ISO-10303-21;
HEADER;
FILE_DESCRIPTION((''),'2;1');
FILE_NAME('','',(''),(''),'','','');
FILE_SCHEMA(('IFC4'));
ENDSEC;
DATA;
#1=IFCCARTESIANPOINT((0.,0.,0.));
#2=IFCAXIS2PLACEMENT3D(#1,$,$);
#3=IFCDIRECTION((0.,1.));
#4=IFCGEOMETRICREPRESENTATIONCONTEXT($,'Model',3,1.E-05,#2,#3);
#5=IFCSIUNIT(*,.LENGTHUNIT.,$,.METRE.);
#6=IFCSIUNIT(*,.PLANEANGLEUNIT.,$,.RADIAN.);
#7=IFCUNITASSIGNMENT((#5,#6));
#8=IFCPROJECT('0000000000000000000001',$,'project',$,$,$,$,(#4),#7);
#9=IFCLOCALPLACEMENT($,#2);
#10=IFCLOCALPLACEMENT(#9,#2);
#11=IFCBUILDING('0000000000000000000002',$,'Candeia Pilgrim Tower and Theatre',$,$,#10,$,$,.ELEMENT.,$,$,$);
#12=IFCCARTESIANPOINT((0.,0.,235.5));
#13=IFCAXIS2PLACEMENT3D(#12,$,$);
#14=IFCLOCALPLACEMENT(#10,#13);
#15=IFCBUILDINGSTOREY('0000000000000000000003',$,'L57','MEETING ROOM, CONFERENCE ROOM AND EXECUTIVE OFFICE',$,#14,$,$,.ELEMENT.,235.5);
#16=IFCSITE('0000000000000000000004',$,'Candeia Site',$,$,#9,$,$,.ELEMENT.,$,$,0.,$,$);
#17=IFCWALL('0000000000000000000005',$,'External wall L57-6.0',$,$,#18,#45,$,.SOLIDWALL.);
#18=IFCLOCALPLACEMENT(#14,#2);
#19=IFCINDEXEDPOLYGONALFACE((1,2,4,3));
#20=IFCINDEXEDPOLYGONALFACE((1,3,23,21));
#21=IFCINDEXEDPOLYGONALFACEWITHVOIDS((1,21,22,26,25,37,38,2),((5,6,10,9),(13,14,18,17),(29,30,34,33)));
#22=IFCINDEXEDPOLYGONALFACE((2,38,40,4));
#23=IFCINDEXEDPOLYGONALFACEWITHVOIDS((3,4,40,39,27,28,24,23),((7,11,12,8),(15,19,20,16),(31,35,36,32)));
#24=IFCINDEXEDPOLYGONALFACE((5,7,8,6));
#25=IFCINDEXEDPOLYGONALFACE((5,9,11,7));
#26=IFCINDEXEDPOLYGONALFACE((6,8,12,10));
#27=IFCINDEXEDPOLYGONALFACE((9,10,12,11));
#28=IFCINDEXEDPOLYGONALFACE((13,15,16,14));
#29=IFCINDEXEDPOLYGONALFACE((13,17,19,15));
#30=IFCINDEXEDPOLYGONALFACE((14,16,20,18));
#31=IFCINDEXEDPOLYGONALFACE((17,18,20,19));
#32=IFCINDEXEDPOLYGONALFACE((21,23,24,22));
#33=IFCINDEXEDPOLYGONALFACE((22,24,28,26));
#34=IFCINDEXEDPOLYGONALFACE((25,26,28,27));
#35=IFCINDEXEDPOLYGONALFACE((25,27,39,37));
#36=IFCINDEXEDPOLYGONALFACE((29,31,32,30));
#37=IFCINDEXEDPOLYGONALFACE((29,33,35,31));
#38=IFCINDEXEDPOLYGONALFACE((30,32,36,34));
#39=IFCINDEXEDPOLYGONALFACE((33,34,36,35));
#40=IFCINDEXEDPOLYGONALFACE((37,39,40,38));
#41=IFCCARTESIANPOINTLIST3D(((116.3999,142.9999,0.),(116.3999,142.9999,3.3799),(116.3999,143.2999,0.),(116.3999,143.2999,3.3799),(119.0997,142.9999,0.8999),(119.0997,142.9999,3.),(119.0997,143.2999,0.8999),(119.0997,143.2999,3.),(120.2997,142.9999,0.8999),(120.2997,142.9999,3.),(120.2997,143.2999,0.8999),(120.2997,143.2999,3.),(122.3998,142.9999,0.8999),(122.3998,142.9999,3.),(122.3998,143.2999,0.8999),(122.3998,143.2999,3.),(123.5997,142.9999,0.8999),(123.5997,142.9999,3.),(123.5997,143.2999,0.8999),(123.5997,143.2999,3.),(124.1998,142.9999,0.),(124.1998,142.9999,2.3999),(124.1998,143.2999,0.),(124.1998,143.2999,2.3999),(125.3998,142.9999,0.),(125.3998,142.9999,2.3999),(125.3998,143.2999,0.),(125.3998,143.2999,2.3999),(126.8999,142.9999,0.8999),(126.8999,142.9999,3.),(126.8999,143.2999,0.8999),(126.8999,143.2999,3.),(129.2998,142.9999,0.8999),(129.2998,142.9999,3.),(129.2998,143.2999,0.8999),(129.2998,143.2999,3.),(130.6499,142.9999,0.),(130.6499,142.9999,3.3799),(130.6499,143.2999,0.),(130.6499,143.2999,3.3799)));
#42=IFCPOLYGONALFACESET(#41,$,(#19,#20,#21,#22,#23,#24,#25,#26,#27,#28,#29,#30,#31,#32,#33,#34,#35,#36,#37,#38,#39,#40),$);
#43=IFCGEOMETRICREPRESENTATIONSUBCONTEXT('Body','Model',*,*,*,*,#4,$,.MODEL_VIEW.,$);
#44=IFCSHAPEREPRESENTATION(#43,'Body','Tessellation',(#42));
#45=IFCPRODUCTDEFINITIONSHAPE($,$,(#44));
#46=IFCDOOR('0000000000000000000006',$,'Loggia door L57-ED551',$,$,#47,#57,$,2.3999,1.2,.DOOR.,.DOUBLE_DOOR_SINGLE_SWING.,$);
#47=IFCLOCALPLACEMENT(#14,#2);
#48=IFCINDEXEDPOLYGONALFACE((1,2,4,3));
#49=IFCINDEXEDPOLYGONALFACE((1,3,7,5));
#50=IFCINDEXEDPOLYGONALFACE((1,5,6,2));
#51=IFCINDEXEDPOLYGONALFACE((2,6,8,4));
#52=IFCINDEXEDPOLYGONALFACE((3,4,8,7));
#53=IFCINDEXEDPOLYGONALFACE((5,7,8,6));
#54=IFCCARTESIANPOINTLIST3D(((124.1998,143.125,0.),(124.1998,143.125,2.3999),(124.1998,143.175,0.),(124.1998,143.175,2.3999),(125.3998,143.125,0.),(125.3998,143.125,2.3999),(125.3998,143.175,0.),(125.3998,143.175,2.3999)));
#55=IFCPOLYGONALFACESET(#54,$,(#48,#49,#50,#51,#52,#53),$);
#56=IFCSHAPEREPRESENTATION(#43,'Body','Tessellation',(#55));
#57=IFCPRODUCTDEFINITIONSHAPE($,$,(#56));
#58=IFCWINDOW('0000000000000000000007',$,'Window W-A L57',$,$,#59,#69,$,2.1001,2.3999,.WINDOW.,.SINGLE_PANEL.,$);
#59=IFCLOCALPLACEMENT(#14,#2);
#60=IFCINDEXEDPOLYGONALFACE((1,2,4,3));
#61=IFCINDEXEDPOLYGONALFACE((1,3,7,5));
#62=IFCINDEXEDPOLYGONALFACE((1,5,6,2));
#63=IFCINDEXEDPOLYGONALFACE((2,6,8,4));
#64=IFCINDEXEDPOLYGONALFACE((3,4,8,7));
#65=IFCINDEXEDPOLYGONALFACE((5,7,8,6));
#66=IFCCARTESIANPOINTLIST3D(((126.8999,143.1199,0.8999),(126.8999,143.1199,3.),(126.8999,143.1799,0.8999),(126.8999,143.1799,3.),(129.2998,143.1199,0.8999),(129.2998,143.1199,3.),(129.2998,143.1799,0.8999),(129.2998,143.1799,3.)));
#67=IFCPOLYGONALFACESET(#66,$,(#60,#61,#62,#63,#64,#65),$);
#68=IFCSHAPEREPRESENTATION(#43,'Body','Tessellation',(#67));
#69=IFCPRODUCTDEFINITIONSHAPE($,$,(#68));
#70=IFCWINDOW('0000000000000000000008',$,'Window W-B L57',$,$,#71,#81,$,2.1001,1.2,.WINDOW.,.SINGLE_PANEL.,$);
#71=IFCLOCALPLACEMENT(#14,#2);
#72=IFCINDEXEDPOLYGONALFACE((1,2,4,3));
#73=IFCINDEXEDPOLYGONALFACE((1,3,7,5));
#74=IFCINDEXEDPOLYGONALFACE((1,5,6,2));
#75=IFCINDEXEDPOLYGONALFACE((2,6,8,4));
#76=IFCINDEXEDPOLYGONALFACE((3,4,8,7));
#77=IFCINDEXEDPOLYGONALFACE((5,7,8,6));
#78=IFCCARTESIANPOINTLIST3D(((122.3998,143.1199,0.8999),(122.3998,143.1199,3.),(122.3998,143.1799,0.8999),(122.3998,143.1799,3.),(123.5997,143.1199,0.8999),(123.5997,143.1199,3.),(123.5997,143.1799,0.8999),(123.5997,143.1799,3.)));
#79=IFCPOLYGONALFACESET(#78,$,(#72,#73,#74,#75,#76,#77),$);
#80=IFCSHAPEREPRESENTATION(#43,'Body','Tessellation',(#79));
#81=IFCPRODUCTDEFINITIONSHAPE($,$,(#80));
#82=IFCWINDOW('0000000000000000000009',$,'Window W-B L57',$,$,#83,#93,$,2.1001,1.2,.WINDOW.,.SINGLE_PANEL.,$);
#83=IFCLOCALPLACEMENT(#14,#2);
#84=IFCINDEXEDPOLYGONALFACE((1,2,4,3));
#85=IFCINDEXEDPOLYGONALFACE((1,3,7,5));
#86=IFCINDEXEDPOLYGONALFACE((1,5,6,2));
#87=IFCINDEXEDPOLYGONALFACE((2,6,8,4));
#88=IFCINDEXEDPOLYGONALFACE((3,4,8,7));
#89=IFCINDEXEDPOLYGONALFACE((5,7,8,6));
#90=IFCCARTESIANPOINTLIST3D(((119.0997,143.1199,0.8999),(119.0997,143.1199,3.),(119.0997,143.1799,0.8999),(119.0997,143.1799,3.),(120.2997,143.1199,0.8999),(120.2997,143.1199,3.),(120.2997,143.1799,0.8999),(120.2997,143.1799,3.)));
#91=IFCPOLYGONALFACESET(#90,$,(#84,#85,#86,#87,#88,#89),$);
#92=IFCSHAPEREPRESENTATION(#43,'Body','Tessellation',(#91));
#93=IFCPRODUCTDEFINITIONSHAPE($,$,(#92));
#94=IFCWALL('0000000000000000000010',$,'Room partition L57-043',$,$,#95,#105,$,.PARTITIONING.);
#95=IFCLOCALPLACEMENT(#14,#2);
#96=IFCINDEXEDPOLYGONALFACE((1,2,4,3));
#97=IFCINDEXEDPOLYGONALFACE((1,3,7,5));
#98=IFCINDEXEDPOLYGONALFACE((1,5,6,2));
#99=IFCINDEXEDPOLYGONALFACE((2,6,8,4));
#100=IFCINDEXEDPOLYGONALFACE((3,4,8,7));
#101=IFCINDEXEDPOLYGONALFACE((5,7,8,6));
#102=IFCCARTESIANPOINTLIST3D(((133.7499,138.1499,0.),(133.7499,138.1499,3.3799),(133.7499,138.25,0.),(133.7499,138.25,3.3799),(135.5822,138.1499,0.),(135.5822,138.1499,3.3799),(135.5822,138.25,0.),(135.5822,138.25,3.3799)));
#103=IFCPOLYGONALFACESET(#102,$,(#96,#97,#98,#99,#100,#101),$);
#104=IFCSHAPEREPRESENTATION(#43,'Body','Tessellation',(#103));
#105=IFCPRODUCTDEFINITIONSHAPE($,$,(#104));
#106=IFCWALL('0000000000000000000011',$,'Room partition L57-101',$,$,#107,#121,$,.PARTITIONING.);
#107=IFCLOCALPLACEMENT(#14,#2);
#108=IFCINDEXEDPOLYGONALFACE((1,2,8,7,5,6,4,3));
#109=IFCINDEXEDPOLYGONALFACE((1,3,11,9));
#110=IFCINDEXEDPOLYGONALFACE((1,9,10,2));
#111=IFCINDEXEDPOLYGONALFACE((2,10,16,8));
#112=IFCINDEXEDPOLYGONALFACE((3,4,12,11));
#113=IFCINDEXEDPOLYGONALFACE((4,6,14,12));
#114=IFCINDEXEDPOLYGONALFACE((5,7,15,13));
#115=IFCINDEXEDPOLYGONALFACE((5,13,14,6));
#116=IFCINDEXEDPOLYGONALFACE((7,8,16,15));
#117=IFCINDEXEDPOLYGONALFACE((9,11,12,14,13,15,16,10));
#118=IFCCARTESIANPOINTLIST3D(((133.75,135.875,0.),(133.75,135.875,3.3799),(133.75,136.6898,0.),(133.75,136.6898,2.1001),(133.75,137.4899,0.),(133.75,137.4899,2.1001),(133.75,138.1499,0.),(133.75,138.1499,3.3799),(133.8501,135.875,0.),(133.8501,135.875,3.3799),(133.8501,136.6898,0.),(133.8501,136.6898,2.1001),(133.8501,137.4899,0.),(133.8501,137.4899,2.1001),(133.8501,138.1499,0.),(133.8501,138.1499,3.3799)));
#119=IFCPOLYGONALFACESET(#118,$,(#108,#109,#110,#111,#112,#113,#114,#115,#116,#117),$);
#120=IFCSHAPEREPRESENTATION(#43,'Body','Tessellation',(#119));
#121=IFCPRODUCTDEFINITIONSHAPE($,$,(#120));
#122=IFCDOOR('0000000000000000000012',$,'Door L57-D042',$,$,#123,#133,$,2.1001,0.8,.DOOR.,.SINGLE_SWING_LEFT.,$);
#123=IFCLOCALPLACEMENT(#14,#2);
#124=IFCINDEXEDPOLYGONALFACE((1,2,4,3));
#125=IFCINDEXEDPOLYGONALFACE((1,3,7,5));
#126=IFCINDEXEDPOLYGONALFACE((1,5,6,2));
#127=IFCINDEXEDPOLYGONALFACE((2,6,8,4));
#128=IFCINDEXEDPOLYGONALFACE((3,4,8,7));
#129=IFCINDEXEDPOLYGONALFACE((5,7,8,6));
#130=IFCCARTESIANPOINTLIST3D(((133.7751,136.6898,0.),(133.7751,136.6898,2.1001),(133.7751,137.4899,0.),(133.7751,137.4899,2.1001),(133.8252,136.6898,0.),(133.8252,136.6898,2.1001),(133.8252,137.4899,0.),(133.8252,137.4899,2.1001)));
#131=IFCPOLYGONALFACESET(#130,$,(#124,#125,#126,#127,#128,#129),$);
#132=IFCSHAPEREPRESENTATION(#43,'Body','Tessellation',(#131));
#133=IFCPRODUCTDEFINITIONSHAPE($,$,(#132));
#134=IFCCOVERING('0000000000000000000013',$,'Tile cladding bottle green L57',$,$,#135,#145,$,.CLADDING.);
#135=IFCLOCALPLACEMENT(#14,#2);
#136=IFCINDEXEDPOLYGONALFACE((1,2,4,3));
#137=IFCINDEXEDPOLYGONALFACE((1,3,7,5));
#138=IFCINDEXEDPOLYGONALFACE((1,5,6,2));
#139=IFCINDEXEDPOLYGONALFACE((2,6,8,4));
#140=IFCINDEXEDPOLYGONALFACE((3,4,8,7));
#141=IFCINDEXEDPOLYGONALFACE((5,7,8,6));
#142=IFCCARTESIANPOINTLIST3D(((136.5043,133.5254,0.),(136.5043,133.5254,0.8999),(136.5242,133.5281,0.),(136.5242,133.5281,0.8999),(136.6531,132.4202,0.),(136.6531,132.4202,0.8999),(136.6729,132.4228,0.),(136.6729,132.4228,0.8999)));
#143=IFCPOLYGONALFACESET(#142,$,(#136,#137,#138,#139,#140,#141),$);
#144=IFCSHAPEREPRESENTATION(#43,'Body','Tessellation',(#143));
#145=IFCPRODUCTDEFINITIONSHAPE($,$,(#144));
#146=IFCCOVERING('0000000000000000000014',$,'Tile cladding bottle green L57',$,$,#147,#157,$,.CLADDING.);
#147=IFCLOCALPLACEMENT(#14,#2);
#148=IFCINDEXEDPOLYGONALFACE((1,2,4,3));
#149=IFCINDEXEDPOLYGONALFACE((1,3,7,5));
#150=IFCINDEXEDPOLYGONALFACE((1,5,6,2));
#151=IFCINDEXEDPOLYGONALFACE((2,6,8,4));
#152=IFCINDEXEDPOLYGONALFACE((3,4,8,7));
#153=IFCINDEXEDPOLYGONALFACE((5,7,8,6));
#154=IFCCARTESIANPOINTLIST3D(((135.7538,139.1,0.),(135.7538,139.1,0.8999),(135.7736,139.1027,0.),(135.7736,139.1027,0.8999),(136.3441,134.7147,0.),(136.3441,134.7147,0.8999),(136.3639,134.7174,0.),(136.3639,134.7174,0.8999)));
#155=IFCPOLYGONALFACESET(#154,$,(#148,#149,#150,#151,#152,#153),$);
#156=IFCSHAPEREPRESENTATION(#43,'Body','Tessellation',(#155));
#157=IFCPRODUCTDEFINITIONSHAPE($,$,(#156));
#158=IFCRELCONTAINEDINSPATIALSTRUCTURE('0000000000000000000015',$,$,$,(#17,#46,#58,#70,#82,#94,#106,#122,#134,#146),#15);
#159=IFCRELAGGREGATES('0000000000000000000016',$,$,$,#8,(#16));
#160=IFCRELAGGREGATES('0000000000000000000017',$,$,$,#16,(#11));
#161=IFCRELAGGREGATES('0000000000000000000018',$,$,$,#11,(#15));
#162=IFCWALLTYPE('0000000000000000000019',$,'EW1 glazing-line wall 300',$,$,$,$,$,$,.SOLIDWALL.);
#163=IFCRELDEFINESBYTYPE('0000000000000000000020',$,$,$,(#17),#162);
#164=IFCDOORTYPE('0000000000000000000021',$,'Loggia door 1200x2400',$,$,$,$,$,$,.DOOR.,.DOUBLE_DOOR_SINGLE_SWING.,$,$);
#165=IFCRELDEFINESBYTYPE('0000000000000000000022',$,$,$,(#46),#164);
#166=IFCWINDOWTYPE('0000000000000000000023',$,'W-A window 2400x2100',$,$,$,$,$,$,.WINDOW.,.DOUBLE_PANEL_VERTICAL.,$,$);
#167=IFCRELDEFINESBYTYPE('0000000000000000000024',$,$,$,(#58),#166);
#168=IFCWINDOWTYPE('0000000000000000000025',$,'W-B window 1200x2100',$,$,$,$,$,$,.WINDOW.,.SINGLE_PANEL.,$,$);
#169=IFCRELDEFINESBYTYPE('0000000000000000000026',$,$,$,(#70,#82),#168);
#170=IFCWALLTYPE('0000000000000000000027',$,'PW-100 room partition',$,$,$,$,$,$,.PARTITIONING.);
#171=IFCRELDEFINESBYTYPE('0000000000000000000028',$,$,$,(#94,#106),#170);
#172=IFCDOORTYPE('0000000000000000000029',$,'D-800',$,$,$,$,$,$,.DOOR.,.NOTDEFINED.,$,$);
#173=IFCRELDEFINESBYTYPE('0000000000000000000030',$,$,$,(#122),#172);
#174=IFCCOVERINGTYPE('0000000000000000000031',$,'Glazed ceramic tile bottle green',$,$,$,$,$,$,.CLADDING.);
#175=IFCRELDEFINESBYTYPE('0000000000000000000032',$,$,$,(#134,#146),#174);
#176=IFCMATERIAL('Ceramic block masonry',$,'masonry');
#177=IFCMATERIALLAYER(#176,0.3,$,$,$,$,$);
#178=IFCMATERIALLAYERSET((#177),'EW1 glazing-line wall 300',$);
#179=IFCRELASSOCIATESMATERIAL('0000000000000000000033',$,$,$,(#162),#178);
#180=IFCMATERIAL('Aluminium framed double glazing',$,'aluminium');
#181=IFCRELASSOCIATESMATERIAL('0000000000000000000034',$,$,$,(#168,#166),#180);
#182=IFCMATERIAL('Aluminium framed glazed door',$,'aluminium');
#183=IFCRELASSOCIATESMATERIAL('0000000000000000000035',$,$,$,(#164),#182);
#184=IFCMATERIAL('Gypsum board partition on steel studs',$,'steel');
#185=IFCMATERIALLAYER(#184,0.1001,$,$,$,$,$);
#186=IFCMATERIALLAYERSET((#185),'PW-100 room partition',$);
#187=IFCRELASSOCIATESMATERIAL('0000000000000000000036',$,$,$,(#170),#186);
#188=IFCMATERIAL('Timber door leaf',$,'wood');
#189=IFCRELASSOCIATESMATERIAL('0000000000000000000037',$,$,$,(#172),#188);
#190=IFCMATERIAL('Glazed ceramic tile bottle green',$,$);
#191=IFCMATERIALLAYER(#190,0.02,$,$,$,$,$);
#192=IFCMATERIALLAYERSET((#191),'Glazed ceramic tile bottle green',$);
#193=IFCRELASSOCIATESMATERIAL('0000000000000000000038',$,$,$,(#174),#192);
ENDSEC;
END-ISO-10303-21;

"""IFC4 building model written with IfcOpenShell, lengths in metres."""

from ifc_helpers import new_model, si_unit, direction, frame, frame_2d, origin, origin_2d, place, context, subcontext, project, spatial, rectangle, extrude, material, layer, layer_set, type_object, element, fill, save


model = new_model("IFC4")

# Units and contexts
model_context = context("Model", 3, precision=1e-05, world=origin(), true_north=direction((0.0, 1.0)))
body_context = subcontext(model_context, "Body", "Model", "MODEL_VIEW")
ifc_project = project(units=[si_unit("LENGTHUNIT", "METRE"), si_unit("PLANEANGLEUNIT", "RADIAN")], contexts=[model_context])

# Site, building, storey
site_placement = place(None, origin())
site = spatial("IfcSite", under=ifc_project, at=site_placement, Name="Candeia Site", CompositionType="ELEMENT", RefElevation=0.0)
building_placement = place(site_placement, origin())
building = spatial("IfcBuilding", under=site, at=building_placement, Name="Candeia Pilgrim Tower and Theatre", CompositionType="ELEMENT")
storey_placement = place(building_placement, frame((0.0, 0.0, 235.5)))
storey = spatial("IfcBuildingStorey", under=building, at=storey_placement, Name="L57", Description="MEETING ROOM, CONFERENCE ROOM AND EXECUTIVE OFFICE", CompositionType="ELEMENT", Elevation=235.5)

# Shared definitions
ifc_material_1 = material(Name="Ceramic block masonry", Category="masonry")
ifc_layer_1 = layer(ifc_material_1, 0.3)
ifc_layer_set_1 = layer_set([ifc_layer_1], Name="EW1 glazing-line wall 300")
wall_type_1 = type_object("IfcWallType", Name="EW1 glazing-line wall 300", PredefinedType="SOLIDWALL", material=ifc_layer_set_1)
ifc_material_2 = material(Name="Aluminium framed double glazing", Category="aluminium")
window_type_1 = type_object("IfcWindowType", Name="W-B window 1200x2100", PartitioningType="SINGLE_PANEL", PredefinedType="WINDOW", material=ifc_material_2)

# Shared definitions
ifc_material_3 = material(Name="Aluminium framed glazed door", Category="aluminium")
door_type_1 = type_object("IfcDoorType", Name="Loggia door 1200x2400", OperationType="DOUBLE_DOOR_SINGLE_SWING", PredefinedType="DOOR", material=ifc_material_3)

# Wall, openings, door, windows
wall_1_placement = place(storey_placement, frame((130.6499, 143.1499, 0.0), z_axis=(0.0, 0.0, 1.0), x_axis=(-1.0, 0.0, 0.0)))
wall_1 = element("IfcWall", 1, at=wall_1_placement, inside=storey, type_object=wall_type_1, Name="External wall L57-6.0", PredefinedType="SOLIDWALL", context=body_context, shape_type="SweptSolid", body=[
    extrude(rectangle(XDim=14.25, YDim=0.3, at=frame_2d((7.125, 0.0))), origin(), (0.0, 0.0, 1.0), 3.3799),
])
opening_1_placement = place(wall_1_placement, frame((1.3501, 0.0, 0.8999)))
opening_1 = element("IfcOpeningElement", 2, at=opening_1_placement, cuts=wall_1, PredefinedType="OPENING", context=body_context, shape_type="SweptSolid", body=[
    extrude(rectangle(XDim=2.3999, YDim=2.1001, at=frame_2d((1.2, 1.05))), frame((0.0, 0.1602, 0.0), z_axis=(0.0, -1.0, 0.0), x_axis=(1.0, 0.0, 0.0)), (0.0, 0.0, 1.0), 0.3201),
])
opening_2_placement = place(wall_1_placement, frame((5.25, 0.0, 0.0)))
opening_2 = element("IfcOpeningElement", 3, at=opening_2_placement, cuts=wall_1, PredefinedType="OPENING", context=body_context, shape_type="SweptSolid", body=[
    extrude(rectangle(XDim=1.2, YDim=2.3999, at=frame_2d((0.6001, 1.2))), frame((0.0, 0.1602, 0.0), z_axis=(0.0, -1.0, 0.0), x_axis=(1.0, 0.0, 0.0)), (0.0, 0.0, 1.0), 0.3201),
])
opening_3_placement = place(wall_1_placement, frame((7.05, 0.0, 0.8999)))
opening_3 = element("IfcOpeningElement", 4, at=opening_3_placement, cuts=wall_1, PredefinedType="OPENING", context=body_context, shape_type="SweptSolid", body=[
    extrude(rectangle(XDim=1.2, YDim=2.1001, at=frame_2d((0.6001, 1.05))), frame((0.0, 0.1602, 0.0), z_axis=(0.0, -1.0, 0.0), x_axis=(1.0, 0.0, 0.0)), (0.0, 0.0, 1.0), 0.3201),
])
opening_4_placement = place(wall_1_placement, frame((10.3501, 0.0, 0.8999)))
opening_4 = element("IfcOpeningElement", 5, at=opening_4_placement, cuts=wall_1, PredefinedType="OPENING", context=body_context, shape_type="SweptSolid", body=[
    extrude(rectangle(XDim=1.2, YDim=2.1001, at=frame_2d((0.6001, 1.05))), frame((0.0, 0.1602, 0.0), z_axis=(0.0, -1.0, 0.0), x_axis=(1.0, 0.0, 0.0)), (0.0, 0.0, 1.0), 0.3201),
])
door_1_placement = place(opening_2_placement, origin())
door_1 = element("IfcDoor", 6, at=door_1_placement, inside=storey, type_object=door_type_1, Name="Loggia door L57-ED551", OperationType="DOUBLE_DOOR_SINGLE_SWING", OverallHeight=2.3999, OverallWidth=1.2, PredefinedType="DOOR", context=body_context, shape_type="SweptSolid", body=[
    extrude(rectangle(XDim=1.2, YDim=2.3999, at=frame_2d((0.6001, 1.2))), frame((0.0, 0.0249, 0.0), z_axis=(0.0, -1.0, 0.0), x_axis=(1.0, 0.0, 0.0)), (0.0, 0.0, 1.0), 0.05),
])
fill(opening_2, door_1)
window_type_2 = type_object("IfcWindowType", Name="W-A window 2400x2100", PartitioningType="DOUBLE_PANEL_VERTICAL", PredefinedType="WINDOW", material=ifc_material_2)
window_1_placement = place(opening_1_placement, origin())
window_1 = element("IfcWindow", 7, at=window_1_placement, inside=storey, type_object=window_type_2, Name="Window W-A L57", OverallHeight=2.1001, OverallWidth=2.3999, PartitioningType="SINGLE_PANEL", PredefinedType="WINDOW", context=body_context, shape_type="SweptSolid", body=[
    extrude(rectangle(XDim=2.3999, YDim=2.1001, at=frame_2d((1.2, 1.05))), frame((0.0, 0.03, 0.0), z_axis=(0.0, -1.0, 0.0), x_axis=(1.0, 0.0, 0.0)), (0.0, 0.0, 1.0), 0.0601),
])
fill(opening_1, window_1)
window_2_placement = place(opening_3_placement, origin())
window_2 = element("IfcWindow", 8, at=window_2_placement, inside=storey, type_object=window_type_1, Name="Window W-B L57", OverallHeight=2.1001, OverallWidth=1.2, PartitioningType="SINGLE_PANEL", PredefinedType="WINDOW", context=body_context, shape_type="SweptSolid", body=[
    extrude(rectangle(XDim=1.2, YDim=2.1001, at=frame_2d((0.6001, 1.05))), frame((0.0, 0.03, 0.0), z_axis=(0.0, -1.0, 0.0), x_axis=(1.0, 0.0, 0.0)), (0.0, 0.0, 1.0), 0.0601),
])
fill(opening_3, window_2)
window_3_placement = place(opening_4_placement, origin())
window_3 = element("IfcWindow", 9, at=window_3_placement, inside=storey, type_object=window_type_1, Name="Window W-B L57", OverallHeight=2.1001, OverallWidth=1.2, PartitioningType="SINGLE_PANEL", PredefinedType="WINDOW", context=body_context, shape_type="SweptSolid", body=[
    extrude(rectangle(XDim=1.2, YDim=2.1001, at=frame_2d((0.6001, 1.05))), frame((0.0, 0.03, 0.0), z_axis=(0.0, -1.0, 0.0), x_axis=(1.0, 0.0, 0.0)), (0.0, 0.0, 1.0), 0.0601),
])
fill(opening_4, window_3)

# Wall
ifc_material_4 = material(Name="Gypsum board partition on steel studs", Category="steel")
ifc_layer_2 = layer(ifc_material_4, 0.1001)
ifc_layer_set_2 = layer_set([ifc_layer_2], Name="PW-100 room partition")
wall_type_2 = type_object("IfcWallType", Name="PW-100 room partition", PredefinedType="PARTITIONING", material=ifc_layer_set_2)
wall_2_placement = place(storey_placement, frame((133.75, 138.2, 0.0), z_axis=(0.0, 0.0, 1.0), x_axis=(1.0, 0.0, 0.0)))
element("IfcWall", 10, at=wall_2_placement, inside=storey, type_object=wall_type_2, Name="Room partition L57-043", PredefinedType="PARTITIONING", context=body_context, shape_type="SweptSolid", body=[
    extrude(rectangle(XDim=1.8323, YDim=0.1001, at=frame_2d((0.916, 0.0))), origin(), (0.0, 0.0, 1.0), 3.3799),
])

# Wall, opening, door
wall_3_placement = place(storey_placement, frame((133.8, 135.875, 0.0), z_axis=(0.0, 0.0, 1.0), x_axis=(0.0, 1.0, 0.0)))
wall_3 = element("IfcWall", 11, at=wall_3_placement, inside=storey, type_object=wall_type_2, Name="Room partition L57-101", PredefinedType="PARTITIONING", context=body_context, shape_type="SweptSolid", body=[
    extrude(rectangle(XDim=2.2749, YDim=0.1001, at=frame_2d((1.1375, 0.0))), origin(), (0.0, 0.0, 1.0), 3.3799),
])
opening_5_placement = place(wall_3_placement, frame((0.8149, 0.0, 0.0)))
opening_5 = element("IfcOpeningElement", 12, at=opening_5_placement, cuts=wall_3, PredefinedType="OPENING", context=body_context, shape_type="SweptSolid", body=[
    extrude(rectangle(XDim=0.8, YDim=2.1001, at=frame_2d((0.3999, 1.05))), frame((0.0, 0.0601, 0.0), z_axis=(0.0, -1.0, 0.0), x_axis=(1.0, 0.0, 0.0)), (0.0, 0.0, 1.0), 0.1201),
])
ifc_material_5 = material(Name="Timber door leaf", Category="wood")
door_type_2 = type_object("IfcDoorType", Name="D-800", OperationType="NOTDEFINED", PredefinedType="DOOR", material=ifc_material_5)
door_2_placement = place(opening_5_placement, origin())
door_2 = element("IfcDoor", 13, at=door_2_placement, inside=storey, type_object=door_type_2, Name="Door L57-D042", OperationType="SINGLE_SWING_LEFT", OverallHeight=2.1001, OverallWidth=0.8, PredefinedType="DOOR", context=body_context, shape_type="SweptSolid", body=[
    extrude(rectangle(XDim=0.8, YDim=2.1001, at=frame_2d((0.3999, 1.05))), frame((0.0, 0.0249, 0.0), z_axis=(0.0, -1.0, 0.0), x_axis=(1.0, 0.0, 0.0)), (0.0, 0.0, 1.0), 0.05),
])
fill(opening_5, door_2)

# Coverings
ifc_material_6 = material(Name="Glazed ceramic tile bottle green")
ifc_layer_3 = layer(ifc_material_6, 0.02)
ifc_layer_set_3 = layer_set([ifc_layer_3], Name="Glazed ceramic tile bottle green")
covering_type_1 = type_object("IfcCoveringType", Name="Glazed ceramic tile bottle green", PredefinedType="CLADDING", material=ifc_layer_set_3)
covering_1_placement = place(storey_placement, frame((136.5886, 132.9741, 0.0), z_axis=(0.0, 0.0, 1.0), x_axis=(-0.133412, 0.991061, 0.0)))
element("IfcCovering", 14, at=covering_1_placement, inside=storey, type_object=covering_type_1, Name="Tile cladding bottle green L57", PredefinedType="CLADDING", context=body_context, shape_type="SweptSolid", body=[
    extrude(rectangle(XDim=1.1152, YDim=0.02, at=origin_2d()), origin(), (0.0, 0.0, 1.0), 0.8999),
])
covering_2_placement = place(storey_placement, frame((136.0588, 136.9087, 0.0), z_axis=(0.0, 0.0, 1.0), x_axis=(-0.133412, 0.991061, 0.0)))
element("IfcCovering", 15, at=covering_2_placement, inside=storey, type_object=covering_type_1, Name="Tile cladding bottle green L57", PredefinedType="CLADDING", context=body_context, shape_type="SweptSolid", body=[
    extrude(rectangle(XDim=4.4248, YDim=0.02, at=origin_2d()), origin(), (0.0, 0.0, 1.0), 0.8999),
])

save(model, "model.ifc")
